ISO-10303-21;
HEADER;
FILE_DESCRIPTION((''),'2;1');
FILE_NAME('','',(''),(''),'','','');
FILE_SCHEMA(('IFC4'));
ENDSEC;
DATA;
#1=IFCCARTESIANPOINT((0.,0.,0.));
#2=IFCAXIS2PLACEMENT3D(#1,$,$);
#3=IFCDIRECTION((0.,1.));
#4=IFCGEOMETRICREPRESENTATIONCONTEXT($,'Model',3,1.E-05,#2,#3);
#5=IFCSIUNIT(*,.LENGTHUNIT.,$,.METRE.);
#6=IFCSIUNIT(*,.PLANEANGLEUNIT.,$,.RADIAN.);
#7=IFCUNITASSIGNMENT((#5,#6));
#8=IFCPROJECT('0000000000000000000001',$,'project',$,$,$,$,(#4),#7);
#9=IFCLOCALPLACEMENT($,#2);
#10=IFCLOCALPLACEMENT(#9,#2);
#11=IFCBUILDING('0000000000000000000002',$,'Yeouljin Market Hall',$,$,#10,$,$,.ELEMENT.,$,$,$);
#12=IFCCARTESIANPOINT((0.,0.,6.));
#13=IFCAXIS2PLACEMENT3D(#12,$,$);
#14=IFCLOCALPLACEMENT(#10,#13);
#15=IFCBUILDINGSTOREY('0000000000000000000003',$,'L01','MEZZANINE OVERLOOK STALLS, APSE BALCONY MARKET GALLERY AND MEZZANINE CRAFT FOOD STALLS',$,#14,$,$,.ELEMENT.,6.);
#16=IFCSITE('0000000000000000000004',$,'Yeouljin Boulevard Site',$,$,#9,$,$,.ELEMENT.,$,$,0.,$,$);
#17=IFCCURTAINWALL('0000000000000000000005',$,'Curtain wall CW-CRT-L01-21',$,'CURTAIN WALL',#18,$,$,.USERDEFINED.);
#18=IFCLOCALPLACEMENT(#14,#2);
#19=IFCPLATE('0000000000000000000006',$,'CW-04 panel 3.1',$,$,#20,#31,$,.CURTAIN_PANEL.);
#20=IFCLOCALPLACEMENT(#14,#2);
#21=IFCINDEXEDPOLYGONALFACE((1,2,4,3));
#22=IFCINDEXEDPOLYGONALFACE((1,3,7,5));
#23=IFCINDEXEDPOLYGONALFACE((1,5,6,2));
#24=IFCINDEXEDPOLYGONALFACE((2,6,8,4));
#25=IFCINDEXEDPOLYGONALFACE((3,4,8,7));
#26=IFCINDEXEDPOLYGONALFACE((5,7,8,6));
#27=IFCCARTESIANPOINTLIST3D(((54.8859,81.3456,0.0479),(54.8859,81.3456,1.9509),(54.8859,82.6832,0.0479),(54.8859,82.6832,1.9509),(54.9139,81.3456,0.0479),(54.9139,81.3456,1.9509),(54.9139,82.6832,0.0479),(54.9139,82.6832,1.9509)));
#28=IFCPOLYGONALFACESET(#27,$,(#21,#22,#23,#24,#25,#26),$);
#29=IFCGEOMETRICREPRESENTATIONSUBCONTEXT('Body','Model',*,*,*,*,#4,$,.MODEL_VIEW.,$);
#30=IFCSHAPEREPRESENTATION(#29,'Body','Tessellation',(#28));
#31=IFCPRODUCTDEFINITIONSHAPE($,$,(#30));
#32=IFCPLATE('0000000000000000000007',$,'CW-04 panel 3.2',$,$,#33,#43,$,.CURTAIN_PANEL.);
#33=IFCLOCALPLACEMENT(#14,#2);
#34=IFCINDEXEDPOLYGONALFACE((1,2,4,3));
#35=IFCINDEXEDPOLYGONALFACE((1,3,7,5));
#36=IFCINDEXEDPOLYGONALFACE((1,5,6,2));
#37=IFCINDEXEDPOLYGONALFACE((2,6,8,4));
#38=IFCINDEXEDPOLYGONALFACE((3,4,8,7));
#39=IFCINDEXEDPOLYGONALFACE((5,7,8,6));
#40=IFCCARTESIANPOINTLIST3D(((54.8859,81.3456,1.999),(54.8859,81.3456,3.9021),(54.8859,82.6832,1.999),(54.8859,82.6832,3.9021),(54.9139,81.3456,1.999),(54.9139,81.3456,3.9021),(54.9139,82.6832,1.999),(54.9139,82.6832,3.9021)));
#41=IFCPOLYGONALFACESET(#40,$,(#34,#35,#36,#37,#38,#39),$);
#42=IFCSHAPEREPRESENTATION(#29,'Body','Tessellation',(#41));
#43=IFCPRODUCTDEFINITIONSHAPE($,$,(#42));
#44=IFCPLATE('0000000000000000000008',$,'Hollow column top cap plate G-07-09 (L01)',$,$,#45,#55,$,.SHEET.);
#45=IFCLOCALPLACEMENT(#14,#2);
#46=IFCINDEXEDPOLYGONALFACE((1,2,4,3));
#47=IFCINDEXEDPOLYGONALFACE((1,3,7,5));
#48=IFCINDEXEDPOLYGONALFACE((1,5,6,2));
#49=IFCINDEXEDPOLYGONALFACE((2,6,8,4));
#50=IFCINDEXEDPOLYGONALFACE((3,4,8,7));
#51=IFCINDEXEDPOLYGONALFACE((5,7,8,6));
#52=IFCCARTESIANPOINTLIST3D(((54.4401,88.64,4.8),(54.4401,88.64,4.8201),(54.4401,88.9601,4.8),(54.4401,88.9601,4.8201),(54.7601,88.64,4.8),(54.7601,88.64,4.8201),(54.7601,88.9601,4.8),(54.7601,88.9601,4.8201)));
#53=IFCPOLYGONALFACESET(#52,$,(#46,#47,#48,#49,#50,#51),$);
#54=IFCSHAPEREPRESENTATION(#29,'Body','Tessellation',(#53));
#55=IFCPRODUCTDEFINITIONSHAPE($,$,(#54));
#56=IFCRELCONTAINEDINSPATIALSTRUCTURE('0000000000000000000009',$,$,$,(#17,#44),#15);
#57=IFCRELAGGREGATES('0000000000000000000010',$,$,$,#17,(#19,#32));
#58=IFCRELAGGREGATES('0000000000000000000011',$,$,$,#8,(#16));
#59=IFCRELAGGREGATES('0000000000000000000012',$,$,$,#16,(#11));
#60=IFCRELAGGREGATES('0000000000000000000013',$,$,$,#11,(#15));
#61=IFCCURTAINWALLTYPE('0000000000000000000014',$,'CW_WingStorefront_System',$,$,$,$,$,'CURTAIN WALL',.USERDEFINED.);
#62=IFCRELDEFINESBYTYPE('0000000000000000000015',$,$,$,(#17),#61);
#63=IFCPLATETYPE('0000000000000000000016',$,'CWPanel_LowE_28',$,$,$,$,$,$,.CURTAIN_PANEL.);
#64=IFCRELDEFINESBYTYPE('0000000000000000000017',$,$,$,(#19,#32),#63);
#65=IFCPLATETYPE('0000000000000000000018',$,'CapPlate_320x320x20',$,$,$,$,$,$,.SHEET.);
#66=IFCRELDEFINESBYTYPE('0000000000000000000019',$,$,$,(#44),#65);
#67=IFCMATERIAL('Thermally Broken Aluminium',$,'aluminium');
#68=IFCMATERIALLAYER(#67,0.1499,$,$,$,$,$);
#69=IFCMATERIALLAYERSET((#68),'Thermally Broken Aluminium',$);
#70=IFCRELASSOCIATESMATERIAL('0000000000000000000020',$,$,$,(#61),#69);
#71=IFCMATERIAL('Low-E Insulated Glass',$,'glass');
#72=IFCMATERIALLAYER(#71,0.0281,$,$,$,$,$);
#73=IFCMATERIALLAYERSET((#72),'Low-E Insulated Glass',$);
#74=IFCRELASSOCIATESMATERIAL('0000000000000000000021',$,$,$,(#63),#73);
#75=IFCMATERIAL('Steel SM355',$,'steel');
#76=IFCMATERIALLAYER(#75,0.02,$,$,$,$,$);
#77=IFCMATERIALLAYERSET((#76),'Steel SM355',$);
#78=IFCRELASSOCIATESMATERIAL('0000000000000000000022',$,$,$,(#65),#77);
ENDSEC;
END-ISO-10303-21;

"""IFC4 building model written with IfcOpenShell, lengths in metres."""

from ifc_helpers import new_model, si_unit, direction, frame, origin, origin_2d, place, context, subcontext, project, spatial, rectangle, extrude, material, layer, layer_set, type_object, element, aggregate, save


model = new_model("IFC4")

# Units and contexts
model_context = context("Model", 3, precision=1e-05, world=origin(), true_north=direction((0.0, 1.0)))
body_context = subcontext(model_context, "Body", "Model", "MODEL_VIEW")
ifc_project = project(units=[si_unit("LENGTHUNIT", "METRE"), si_unit("PLANEANGLEUNIT", "RADIAN")], contexts=[model_context])

# Site, building, storey
site_placement = place(None, origin())
site = spatial("IfcSite", under=ifc_project, at=site_placement, Name="Yeouljin Boulevard Site", CompositionType="ELEMENT", RefElevation=0.0)
building_placement = place(site_placement, origin())
building = spatial("IfcBuilding", under=site, at=building_placement, Name="Yeouljin Market Hall", CompositionType="ELEMENT")
storey_placement = place(building_placement, frame((0.0, 0.0, 6.0)))
storey = spatial("IfcBuildingStorey", under=building, at=storey_placement, Name="L01", Description="MEZZANINE OVERLOOK STALLS, APSE BALCONY MARKET GALLERY AND MEZZANINE CRAFT FOOD STALLS", CompositionType="ELEMENT", Elevation=6.0)

# Curtain wall
ifc_material_1 = material(Name="Thermally Broken Aluminium", Category="aluminium")
ifc_layer_1 = layer(ifc_material_1, 0.1499)
ifc_layer_set_1 = layer_set([ifc_layer_1], Name="Thermally Broken Aluminium")
curtain_wall_type = type_object("IfcCurtainWallType", Name="CW_WingStorefront_System", ElementType="CURTAIN WALL", PredefinedType="USERDEFINED", material=ifc_layer_set_1)
curtain_wall_placement = place(storey_placement, origin())
curtain_wall = element("IfcCurtainWall", 1, at=curtain_wall_placement, inside=storey, type_object=curtain_wall_type, Name="Curtain wall CW-CRT-L01-21", ObjectType="CURTAIN WALL", PredefinedType="USERDEFINED")

# Plates
ifc_material_2 = material(Name="Low-E Insulated Glass", Category="glass")
ifc_layer_2 = layer(ifc_material_2, 0.0281)
ifc_layer_set_2 = layer_set([ifc_layer_2], Name="Low-E Insulated Glass")
plate_type_1 = type_object("IfcPlateType", Name="CWPanel_LowE_28", PredefinedType="CURTAIN_PANEL", material=ifc_layer_set_2)
plate_1_placement = place(storey_placement, frame((54.8999, 82.0144, 0.0479), z_axis=(0.0, 0.0, 1.0), x_axis=(0.0, 1.0, 0.0)))
plate_1 = element("IfcPlate", 2, at=plate_1_placement, type_object=plate_type_1, Name="CW-04 panel 3.1", PredefinedType="CURTAIN_PANEL", context=body_context, shape_type="SweptSolid", body=[
    extrude(rectangle(XDim=1.3376, YDim=0.0281, at=origin_2d()), origin(), (0.0, 0.0, 1.0), 1.9031),
])
plate_2_placement = place(storey_placement, frame((54.8999, 82.0144, 1.999), z_axis=(0.0, 0.0, 1.0), x_axis=(0.0, 1.0, 0.0)))
plate_2 = element("IfcPlate", 3, at=plate_2_placement, type_object=plate_type_1, Name="CW-04 panel 3.2", PredefinedType="CURTAIN_PANEL", context=body_context, shape_type="SweptSolid", body=[
    extrude(rectangle(XDim=1.3376, YDim=0.0281, at=origin_2d()), origin(), (0.0, 0.0, 1.0), 1.9031),
])
aggregate(curtain_wall, [plate_1, plate_2])
ifc_material_3 = material(Name="Steel SM355", Category="steel")
ifc_layer_3 = layer(ifc_material_3, 0.02)
ifc_layer_set_3 = layer_set([ifc_layer_3], Name="Steel SM355")
plate_type_2 = type_object("IfcPlateType", Name="CapPlate_320x320x20", PredefinedType="SHEET", material=ifc_layer_set_3)
plate_3_placement = place(storey_placement, frame((54.6001, 88.8, 4.8), z_axis=(0.0, 0.0, 1.0), x_axis=(1.0, 0.0, 0.0)))
element("IfcPlate", 4, at=plate_3_placement, inside=storey, type_object=plate_type_2, Name="Hollow column top cap plate G-07-09 (L01)", PredefinedType="SHEET", context=body_context, shape_type="SweptSolid", body=[
    extrude(rectangle(XDim=0.3201, YDim=0.3201, at=origin_2d()), origin(), (0.0, 0.0, 1.0), 0.02),
])

save(model, "model.ifc")
